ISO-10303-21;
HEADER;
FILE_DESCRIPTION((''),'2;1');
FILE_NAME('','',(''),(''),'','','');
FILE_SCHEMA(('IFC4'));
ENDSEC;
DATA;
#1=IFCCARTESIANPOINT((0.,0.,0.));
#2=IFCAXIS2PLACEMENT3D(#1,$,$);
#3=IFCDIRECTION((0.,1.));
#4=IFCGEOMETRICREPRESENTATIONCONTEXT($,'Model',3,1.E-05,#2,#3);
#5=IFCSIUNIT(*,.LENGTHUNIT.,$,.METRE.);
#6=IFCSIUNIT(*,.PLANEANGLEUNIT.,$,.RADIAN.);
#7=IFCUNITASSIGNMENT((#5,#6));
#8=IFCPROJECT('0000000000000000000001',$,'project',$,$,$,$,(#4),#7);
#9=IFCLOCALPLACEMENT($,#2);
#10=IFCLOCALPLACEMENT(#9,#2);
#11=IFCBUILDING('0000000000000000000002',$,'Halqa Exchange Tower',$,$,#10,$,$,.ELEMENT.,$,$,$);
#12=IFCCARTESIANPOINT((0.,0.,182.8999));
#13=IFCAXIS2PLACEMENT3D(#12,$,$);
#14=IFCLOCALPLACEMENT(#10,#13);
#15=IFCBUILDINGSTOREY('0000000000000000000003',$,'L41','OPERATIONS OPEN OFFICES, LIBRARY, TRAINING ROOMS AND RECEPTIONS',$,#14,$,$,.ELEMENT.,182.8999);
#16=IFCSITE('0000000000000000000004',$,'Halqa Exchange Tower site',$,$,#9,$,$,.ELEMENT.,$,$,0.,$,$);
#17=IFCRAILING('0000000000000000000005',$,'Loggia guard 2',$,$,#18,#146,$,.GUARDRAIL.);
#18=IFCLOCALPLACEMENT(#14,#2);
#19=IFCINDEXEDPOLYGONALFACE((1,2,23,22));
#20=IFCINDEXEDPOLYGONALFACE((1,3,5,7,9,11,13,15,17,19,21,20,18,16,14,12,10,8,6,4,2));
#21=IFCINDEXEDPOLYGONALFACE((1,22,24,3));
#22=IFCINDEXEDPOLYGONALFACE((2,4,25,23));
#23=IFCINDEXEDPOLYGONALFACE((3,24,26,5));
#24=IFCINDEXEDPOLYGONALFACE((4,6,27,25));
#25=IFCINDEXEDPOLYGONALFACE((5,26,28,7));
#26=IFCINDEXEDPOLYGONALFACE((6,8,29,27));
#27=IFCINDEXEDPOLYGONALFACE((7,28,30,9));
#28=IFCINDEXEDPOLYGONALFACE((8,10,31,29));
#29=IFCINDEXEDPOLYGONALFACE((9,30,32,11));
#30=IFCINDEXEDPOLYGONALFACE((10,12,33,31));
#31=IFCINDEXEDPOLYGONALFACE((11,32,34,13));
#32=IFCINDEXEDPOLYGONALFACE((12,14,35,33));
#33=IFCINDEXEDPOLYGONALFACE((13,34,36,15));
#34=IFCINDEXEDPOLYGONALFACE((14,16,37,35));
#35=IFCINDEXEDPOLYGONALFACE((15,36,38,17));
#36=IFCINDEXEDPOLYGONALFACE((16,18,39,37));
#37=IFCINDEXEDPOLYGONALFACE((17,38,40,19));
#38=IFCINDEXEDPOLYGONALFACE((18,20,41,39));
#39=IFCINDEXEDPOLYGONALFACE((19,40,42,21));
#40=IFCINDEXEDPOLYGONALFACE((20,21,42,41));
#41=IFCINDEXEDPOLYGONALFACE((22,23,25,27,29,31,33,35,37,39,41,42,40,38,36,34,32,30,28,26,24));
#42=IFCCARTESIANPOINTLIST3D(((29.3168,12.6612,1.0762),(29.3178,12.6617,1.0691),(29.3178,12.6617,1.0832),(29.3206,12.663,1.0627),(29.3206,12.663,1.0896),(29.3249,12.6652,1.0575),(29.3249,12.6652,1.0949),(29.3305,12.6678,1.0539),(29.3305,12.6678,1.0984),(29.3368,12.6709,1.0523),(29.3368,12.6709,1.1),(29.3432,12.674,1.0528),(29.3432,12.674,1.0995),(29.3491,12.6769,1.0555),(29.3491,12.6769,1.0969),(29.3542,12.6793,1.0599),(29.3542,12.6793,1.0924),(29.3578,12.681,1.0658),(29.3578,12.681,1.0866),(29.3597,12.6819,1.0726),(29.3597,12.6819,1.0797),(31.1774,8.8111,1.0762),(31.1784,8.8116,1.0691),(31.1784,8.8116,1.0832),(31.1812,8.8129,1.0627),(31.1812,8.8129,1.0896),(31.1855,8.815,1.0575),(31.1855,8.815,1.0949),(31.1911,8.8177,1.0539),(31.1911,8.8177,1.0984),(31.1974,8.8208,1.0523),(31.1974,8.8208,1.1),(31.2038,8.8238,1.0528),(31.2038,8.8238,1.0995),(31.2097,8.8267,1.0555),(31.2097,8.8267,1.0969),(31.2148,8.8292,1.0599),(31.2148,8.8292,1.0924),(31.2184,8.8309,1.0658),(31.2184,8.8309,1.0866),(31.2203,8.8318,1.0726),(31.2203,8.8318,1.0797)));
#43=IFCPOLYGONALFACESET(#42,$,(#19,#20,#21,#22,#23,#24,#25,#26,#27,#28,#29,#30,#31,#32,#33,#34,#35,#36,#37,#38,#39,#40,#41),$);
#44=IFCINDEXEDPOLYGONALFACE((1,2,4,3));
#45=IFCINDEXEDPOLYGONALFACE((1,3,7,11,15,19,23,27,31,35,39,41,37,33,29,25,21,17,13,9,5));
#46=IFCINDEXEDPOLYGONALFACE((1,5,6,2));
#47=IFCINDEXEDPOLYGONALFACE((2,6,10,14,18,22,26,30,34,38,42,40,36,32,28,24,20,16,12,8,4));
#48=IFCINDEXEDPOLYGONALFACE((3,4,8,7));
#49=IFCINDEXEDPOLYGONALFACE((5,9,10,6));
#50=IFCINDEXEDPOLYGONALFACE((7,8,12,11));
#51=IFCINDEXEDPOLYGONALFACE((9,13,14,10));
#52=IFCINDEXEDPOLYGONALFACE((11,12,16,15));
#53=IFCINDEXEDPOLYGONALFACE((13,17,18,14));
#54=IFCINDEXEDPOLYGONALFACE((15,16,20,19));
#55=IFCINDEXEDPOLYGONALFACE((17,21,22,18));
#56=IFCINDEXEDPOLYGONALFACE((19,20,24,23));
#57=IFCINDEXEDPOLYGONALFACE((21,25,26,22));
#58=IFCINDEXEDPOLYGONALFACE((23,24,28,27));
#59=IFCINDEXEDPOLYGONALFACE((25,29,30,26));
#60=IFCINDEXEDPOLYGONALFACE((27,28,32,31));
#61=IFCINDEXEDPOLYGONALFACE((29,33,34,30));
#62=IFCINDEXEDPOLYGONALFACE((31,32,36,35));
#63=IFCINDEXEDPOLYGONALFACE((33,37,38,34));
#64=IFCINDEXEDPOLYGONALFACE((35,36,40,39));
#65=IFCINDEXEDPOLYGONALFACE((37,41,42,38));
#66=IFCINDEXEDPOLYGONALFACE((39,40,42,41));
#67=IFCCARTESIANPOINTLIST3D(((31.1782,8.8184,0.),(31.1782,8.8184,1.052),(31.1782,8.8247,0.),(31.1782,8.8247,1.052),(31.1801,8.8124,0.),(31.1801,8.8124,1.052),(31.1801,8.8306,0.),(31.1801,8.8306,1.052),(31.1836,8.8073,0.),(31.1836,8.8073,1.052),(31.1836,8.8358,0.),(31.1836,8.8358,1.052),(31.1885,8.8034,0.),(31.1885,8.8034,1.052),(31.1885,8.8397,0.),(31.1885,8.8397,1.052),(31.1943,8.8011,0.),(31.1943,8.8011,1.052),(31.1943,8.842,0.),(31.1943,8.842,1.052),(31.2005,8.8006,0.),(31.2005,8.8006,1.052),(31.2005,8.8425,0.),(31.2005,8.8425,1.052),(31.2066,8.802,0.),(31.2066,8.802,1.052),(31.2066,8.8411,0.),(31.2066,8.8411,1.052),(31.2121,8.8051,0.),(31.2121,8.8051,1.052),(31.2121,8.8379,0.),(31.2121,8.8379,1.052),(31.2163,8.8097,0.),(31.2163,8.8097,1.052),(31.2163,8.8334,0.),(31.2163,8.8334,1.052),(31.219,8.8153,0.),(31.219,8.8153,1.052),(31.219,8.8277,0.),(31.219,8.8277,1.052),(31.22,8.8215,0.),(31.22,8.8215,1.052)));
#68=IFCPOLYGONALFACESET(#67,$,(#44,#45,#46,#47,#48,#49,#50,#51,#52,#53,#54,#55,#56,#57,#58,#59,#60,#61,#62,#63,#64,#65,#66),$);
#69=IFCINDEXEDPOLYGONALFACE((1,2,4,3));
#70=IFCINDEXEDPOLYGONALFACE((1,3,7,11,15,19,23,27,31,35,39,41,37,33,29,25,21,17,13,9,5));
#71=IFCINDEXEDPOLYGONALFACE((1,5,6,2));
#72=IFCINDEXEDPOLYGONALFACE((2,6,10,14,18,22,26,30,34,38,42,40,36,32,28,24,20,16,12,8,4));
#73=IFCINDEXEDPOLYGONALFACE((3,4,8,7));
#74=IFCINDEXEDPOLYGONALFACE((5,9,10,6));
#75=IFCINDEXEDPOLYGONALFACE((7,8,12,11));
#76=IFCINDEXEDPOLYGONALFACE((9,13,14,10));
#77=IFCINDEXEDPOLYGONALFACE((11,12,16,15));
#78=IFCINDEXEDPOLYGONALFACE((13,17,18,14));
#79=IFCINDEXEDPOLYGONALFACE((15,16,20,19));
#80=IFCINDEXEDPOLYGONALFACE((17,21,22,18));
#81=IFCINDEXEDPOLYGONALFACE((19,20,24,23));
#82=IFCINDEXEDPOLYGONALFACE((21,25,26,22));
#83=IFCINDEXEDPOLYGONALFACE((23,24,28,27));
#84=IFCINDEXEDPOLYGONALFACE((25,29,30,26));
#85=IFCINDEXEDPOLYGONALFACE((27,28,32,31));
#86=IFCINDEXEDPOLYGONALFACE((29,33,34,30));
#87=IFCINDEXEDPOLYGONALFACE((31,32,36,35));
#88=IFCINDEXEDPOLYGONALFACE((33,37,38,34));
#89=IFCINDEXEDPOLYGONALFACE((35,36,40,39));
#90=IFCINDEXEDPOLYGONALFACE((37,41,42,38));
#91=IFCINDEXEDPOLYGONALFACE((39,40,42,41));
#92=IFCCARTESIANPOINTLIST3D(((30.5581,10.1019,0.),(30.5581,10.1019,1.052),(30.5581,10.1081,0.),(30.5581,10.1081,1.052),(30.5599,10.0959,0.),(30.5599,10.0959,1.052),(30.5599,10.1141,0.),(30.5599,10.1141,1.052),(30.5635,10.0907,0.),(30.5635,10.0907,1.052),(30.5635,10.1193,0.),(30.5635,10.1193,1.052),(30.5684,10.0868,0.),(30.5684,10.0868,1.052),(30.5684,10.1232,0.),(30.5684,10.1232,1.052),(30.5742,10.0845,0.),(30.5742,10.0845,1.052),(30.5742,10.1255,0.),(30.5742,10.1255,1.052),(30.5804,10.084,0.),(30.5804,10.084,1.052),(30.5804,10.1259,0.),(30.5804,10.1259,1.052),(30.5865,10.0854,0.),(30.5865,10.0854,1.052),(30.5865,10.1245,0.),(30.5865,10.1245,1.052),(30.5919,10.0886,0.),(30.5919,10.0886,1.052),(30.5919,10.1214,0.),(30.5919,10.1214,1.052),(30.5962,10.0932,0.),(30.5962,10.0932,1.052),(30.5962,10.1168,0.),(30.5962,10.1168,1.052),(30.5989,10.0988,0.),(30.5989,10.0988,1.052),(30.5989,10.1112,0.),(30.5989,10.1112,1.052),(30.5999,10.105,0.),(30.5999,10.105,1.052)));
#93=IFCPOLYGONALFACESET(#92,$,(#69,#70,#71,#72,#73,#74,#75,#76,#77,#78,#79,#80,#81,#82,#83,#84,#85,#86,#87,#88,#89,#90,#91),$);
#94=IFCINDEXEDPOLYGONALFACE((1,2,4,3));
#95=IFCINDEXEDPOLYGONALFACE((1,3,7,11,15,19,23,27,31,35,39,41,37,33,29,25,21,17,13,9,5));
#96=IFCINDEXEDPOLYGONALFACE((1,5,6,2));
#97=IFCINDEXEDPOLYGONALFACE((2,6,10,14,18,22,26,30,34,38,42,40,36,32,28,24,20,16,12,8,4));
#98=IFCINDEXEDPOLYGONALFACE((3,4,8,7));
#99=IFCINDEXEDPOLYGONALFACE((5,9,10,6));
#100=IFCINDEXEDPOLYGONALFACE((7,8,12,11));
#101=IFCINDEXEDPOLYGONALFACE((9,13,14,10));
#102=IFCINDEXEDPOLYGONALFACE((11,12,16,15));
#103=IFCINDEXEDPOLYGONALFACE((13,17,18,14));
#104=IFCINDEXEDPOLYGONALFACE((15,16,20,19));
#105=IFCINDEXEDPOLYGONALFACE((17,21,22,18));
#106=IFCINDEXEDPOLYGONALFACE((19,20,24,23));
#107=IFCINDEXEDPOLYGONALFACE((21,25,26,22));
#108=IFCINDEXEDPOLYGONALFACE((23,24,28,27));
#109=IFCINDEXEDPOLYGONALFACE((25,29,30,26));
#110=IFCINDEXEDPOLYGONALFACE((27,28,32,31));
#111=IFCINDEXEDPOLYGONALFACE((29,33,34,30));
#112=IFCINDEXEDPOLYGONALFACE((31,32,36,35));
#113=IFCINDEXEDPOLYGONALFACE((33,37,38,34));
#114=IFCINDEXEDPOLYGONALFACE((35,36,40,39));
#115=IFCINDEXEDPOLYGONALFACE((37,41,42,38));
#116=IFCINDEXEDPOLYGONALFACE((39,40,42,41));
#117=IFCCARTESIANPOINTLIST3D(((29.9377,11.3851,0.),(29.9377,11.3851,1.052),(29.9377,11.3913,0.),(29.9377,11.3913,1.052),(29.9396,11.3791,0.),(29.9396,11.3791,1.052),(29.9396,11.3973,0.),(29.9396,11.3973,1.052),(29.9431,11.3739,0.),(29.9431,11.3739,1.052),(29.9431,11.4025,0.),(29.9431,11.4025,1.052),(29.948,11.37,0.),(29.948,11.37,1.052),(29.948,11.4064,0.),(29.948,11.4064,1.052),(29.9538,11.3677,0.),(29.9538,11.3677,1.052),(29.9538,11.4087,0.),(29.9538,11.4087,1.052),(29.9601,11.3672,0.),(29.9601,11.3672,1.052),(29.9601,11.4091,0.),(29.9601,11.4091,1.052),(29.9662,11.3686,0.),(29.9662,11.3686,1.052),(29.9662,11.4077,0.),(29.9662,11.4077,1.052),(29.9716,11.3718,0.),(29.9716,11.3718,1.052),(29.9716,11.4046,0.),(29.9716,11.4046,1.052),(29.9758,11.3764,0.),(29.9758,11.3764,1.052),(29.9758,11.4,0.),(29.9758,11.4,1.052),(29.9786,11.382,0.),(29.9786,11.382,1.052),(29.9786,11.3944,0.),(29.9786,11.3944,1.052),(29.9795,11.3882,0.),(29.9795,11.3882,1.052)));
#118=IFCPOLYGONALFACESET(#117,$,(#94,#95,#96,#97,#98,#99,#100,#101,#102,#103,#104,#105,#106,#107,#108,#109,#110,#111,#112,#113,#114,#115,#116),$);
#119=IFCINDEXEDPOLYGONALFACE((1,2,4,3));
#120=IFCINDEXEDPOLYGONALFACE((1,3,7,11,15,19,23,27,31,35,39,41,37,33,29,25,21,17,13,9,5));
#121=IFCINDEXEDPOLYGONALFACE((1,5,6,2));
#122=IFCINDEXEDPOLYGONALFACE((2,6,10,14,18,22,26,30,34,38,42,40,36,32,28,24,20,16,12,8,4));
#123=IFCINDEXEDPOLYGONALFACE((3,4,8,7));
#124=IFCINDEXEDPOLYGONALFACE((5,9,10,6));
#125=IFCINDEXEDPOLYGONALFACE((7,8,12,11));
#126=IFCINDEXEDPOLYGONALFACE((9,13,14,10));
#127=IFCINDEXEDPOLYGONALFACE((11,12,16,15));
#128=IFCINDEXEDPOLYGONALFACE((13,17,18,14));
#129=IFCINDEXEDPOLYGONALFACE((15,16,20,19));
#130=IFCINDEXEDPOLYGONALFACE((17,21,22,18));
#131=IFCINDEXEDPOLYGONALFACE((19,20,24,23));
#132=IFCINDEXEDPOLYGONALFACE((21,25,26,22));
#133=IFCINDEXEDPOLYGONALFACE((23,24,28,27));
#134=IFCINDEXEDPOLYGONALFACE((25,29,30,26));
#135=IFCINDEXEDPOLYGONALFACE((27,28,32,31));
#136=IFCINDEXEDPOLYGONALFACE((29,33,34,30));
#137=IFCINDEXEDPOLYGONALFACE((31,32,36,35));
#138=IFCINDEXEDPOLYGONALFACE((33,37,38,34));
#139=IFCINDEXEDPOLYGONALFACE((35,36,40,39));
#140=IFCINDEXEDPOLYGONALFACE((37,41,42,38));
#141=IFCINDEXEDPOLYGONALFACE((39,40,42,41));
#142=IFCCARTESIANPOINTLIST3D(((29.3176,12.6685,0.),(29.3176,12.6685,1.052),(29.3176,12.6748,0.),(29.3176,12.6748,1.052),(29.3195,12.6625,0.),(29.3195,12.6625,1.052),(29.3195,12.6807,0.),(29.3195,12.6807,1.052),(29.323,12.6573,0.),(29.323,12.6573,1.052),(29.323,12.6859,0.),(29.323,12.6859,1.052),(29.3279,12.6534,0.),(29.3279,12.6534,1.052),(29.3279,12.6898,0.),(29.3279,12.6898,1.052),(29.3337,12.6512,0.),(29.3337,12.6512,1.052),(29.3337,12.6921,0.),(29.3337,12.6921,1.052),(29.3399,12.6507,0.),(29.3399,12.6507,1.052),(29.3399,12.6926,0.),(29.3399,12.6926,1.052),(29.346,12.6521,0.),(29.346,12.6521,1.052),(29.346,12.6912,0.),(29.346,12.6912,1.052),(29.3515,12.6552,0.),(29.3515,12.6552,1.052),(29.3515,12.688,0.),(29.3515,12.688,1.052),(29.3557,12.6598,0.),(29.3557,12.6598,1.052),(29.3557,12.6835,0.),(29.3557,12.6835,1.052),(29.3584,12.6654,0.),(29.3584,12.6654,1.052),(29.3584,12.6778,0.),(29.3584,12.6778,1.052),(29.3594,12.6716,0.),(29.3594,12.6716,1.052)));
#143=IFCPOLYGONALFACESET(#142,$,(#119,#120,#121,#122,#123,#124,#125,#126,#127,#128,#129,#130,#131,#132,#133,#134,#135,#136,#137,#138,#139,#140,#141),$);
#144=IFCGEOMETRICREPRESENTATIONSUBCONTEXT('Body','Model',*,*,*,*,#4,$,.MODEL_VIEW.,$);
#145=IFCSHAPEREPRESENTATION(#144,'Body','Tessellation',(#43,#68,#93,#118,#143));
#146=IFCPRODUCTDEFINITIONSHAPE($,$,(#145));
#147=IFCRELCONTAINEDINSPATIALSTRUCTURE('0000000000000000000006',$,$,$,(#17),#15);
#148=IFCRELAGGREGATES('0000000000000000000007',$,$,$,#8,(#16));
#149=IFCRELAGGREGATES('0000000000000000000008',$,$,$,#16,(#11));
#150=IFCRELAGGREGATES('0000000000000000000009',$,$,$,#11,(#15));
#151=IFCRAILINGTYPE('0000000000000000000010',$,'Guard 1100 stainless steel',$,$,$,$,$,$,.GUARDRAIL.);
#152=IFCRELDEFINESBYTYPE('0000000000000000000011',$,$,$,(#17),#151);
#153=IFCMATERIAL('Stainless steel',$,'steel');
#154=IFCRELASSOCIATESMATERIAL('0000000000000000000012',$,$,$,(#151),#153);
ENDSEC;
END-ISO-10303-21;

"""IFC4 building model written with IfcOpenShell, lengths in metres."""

from ifc_helpers import new_model, si_unit, direction, frame, origin, origin_2d, place, context, subcontext, project, spatial, circle, extrude, material, type_object, element, save


model = new_model("IFC4")

# Units and contexts
model_context = context("Model", 3, precision=1e-05, world=origin(), true_north=direction((0.0, 1.0)))
body_context = subcontext(model_context, "Body", "Model", "MODEL_VIEW")
ifc_project = project(units=[si_unit("LENGTHUNIT", "METRE"), si_unit("PLANEANGLEUNIT", "RADIAN")], contexts=[model_context])

# Site, building, storey
site_placement = place(None, origin())
site = spatial("IfcSite", under=ifc_project, at=site_placement, Name="Halqa Exchange Tower site", CompositionType="ELEMENT", RefElevation=0.0)
building_placement = place(site_placement, origin())
building = spatial("IfcBuilding", under=site, at=building_placement, Name="Halqa Exchange Tower", CompositionType="ELEMENT")
storey_placement = place(building_placement, frame((0.0, 0.0, 182.8999)))
storey = spatial("IfcBuildingStorey", under=building, at=storey_placement, Name="L41", Description="OPERATIONS OPEN OFFICES, LIBRARY, TRAINING ROOMS AND RECEPTIONS", CompositionType="ELEMENT", Elevation=182.8999)

# Railing
ifc_material_1 = material(Name="Stainless steel", Category="steel")
railing_type = type_object("IfcRailingType", Name="Guard 1100 stainless steel", PredefinedType="GUARDRAIL", material=ifc_material_1)
railing_1_placement = place(storey_placement, frame((31.199, 8.8215, 0.0)))
element("IfcRailing", 1, at=railing_1_placement, inside=storey, type_object=railing_type, Name="Loggia guard 2", PredefinedType="GUARDRAIL", context=body_context, shape_type="SweptSolid", body=[
    extrude(circle(Radius=0.0239, at=origin_2d()), frame((0.0, 0.0, 1.0762), z_axis=(-0.435115, 0.900375, 0.0), x_axis=(-0.900375, -0.435115, 0.0)), (0.0, 0.0, 1.0), 4.2761),
    extrude(circle(Radius=0.021, at=origin_2d()), origin(), (0.0, 0.0, 1.0), 1.052),
    extrude(circle(Radius=0.021, at=origin_2d()), frame((-0.6201, 1.2834, 0.0)), (0.0, 0.0, 1.0), 1.052),
    extrude(circle(Radius=0.021, at=origin_2d()), frame((-1.2405, 2.5667, 0.0)), (0.0, 0.0, 1.0), 1.052),
    extrude(circle(Radius=0.021, at=origin_2d()), frame((-1.8606, 3.8501, 0.0)), (0.0, 0.0, 1.0), 1.052),
])

save(model, "model.ifc")
